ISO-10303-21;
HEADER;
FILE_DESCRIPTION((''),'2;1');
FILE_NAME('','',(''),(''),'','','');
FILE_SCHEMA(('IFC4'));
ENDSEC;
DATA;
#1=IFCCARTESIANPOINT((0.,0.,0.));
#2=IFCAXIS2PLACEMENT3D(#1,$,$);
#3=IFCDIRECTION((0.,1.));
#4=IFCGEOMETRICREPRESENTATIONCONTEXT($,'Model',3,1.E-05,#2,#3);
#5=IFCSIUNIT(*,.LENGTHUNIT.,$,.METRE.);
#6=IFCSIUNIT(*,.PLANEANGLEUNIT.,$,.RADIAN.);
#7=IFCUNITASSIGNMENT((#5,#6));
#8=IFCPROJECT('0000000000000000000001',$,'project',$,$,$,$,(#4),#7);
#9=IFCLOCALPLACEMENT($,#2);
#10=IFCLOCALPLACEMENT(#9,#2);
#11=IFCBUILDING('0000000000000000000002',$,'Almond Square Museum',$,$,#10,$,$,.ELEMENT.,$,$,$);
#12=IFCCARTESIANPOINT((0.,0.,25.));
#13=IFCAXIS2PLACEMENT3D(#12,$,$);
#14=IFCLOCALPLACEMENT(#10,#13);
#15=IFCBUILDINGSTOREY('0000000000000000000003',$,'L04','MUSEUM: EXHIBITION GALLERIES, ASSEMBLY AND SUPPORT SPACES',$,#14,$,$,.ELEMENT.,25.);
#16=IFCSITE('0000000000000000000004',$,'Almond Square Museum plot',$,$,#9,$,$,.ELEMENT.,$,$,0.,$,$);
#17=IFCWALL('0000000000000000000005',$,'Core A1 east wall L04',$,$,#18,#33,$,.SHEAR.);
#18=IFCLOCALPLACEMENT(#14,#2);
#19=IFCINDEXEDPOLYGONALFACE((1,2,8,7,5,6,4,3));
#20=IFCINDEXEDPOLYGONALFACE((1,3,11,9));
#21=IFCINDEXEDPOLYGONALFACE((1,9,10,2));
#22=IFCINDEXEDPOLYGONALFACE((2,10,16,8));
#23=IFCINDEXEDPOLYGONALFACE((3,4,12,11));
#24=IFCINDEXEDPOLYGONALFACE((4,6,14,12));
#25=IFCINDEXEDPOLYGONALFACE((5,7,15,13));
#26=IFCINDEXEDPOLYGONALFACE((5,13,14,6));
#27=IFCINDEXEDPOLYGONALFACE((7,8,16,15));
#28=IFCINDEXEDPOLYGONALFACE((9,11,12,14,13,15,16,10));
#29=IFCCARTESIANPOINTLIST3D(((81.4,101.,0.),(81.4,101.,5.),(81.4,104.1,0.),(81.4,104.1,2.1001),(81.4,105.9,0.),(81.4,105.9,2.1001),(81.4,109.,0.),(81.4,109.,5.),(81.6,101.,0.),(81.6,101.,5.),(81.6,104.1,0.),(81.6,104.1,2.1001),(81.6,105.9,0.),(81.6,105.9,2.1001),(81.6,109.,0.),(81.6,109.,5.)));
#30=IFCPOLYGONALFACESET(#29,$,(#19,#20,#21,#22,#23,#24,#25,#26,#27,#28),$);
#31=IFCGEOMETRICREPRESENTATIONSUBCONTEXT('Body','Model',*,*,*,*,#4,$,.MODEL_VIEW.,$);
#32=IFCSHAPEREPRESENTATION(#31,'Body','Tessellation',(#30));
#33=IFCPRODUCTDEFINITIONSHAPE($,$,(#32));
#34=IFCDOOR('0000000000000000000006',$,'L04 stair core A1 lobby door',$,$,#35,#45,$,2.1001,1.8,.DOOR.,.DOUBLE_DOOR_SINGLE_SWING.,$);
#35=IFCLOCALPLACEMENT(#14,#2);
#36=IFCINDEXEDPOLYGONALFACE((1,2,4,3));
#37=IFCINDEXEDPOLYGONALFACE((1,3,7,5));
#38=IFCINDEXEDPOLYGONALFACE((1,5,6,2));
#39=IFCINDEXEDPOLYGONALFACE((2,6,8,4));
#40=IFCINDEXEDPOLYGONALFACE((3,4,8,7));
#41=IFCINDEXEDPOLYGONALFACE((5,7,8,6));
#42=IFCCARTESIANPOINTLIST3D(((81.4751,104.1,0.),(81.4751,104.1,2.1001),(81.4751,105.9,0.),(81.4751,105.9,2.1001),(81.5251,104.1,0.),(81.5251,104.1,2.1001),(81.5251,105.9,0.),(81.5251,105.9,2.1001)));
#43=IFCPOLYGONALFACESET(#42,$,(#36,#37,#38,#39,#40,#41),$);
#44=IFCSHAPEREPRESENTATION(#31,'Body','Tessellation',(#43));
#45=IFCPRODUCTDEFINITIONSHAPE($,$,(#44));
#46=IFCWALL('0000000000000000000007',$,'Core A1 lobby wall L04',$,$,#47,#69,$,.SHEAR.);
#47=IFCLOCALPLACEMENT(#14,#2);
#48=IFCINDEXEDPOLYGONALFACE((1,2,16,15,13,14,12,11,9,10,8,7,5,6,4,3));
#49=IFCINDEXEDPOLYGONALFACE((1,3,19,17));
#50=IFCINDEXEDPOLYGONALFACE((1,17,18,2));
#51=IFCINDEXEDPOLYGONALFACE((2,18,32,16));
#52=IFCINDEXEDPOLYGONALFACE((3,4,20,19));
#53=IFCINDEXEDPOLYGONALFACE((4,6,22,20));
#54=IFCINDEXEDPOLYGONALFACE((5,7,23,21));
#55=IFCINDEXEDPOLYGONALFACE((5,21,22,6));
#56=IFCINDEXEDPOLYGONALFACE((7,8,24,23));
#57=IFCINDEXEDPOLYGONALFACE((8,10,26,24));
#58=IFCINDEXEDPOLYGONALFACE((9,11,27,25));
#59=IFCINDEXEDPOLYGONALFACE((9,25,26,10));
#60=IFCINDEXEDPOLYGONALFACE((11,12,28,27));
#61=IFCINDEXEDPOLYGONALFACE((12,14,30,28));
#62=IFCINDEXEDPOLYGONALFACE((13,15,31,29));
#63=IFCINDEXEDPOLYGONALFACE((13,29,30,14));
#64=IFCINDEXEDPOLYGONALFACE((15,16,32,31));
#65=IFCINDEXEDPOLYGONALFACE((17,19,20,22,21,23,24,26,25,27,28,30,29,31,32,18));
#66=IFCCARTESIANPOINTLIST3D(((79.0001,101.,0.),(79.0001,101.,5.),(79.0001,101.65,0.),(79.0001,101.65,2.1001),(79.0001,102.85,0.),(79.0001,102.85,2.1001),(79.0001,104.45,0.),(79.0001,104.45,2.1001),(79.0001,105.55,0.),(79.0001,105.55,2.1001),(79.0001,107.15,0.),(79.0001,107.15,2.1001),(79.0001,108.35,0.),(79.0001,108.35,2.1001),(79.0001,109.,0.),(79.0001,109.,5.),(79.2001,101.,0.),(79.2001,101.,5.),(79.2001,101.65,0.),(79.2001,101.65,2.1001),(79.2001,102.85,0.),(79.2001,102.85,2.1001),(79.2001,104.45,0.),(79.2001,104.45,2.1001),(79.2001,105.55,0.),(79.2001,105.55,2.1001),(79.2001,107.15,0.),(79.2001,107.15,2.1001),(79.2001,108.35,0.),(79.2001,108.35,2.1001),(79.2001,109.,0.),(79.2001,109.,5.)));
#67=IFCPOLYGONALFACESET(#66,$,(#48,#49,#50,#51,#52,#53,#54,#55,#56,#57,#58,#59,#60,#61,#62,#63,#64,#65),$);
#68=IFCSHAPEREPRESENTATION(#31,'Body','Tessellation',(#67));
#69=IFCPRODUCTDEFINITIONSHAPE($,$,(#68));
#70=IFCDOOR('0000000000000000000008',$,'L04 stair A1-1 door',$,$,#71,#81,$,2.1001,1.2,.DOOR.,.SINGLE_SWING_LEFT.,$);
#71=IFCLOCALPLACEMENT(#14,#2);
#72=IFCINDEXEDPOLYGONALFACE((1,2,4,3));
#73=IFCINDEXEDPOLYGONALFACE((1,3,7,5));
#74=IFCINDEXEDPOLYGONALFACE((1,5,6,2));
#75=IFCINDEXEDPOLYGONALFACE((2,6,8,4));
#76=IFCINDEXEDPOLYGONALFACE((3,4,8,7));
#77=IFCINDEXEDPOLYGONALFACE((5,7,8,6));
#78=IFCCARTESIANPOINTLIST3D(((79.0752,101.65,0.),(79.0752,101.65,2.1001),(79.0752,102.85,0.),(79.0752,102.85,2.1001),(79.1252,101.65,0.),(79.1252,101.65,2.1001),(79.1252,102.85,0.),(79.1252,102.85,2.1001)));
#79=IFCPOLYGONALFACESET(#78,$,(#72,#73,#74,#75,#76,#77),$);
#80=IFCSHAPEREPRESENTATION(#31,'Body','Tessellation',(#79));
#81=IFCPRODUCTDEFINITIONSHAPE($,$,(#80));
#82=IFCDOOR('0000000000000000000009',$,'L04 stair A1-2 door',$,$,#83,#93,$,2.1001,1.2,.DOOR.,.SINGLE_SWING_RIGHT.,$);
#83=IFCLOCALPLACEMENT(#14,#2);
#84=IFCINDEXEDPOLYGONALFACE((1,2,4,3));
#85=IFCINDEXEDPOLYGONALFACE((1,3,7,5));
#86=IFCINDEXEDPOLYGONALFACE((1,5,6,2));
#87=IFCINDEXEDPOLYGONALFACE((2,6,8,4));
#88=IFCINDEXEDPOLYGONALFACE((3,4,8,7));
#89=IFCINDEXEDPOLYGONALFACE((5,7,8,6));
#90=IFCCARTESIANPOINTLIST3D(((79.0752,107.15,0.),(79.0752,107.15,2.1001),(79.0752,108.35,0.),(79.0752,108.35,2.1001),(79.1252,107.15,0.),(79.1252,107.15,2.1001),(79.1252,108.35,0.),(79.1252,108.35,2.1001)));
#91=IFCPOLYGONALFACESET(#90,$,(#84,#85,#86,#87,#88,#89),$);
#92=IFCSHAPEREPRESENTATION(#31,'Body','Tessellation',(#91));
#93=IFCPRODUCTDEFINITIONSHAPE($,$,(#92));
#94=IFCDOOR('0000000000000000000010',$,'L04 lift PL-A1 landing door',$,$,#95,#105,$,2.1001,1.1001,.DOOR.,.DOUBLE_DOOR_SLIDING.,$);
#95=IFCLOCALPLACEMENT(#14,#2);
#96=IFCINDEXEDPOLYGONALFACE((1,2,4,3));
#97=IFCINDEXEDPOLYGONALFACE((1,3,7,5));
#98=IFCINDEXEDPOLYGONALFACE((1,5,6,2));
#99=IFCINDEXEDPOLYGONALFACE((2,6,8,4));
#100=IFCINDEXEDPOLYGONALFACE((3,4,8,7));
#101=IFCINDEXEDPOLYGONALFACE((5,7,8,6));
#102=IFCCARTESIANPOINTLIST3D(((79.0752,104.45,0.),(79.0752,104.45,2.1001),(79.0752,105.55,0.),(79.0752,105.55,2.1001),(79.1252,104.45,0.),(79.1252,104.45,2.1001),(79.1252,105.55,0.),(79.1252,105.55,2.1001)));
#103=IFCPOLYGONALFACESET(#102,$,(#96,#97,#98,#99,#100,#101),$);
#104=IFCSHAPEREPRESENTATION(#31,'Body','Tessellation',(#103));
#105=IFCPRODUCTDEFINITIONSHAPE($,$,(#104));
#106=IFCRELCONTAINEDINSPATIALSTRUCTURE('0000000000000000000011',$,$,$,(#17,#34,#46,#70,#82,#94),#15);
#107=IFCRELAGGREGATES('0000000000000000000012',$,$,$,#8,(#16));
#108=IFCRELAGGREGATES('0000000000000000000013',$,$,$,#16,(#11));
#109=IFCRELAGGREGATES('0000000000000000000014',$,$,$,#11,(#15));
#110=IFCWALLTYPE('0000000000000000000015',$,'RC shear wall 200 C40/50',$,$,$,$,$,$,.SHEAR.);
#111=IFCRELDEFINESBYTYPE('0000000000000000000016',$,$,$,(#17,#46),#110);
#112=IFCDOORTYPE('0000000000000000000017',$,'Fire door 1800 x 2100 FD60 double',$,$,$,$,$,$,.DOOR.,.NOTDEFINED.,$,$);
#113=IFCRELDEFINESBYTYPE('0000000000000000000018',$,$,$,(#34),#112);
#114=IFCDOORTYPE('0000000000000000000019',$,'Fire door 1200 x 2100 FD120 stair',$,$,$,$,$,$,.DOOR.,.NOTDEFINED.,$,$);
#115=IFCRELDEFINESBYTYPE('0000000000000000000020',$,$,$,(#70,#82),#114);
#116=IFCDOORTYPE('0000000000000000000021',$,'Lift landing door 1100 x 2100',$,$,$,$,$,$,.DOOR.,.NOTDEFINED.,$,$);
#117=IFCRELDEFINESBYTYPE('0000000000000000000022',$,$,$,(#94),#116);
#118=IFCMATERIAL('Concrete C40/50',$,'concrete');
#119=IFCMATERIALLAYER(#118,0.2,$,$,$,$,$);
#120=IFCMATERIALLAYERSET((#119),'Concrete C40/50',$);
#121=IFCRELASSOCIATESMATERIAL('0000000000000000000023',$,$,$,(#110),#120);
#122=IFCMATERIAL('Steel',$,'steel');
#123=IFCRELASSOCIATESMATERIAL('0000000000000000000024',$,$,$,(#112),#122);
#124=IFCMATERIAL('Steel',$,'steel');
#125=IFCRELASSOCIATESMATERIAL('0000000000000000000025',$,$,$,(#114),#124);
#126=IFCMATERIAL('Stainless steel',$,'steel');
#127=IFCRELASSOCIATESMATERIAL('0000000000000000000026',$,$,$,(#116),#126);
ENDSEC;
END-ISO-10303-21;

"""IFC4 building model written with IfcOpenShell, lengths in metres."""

from ifc_helpers import new_model, si_unit, direction, frame, frame_2d, origin, place, context, subcontext, project, spatial, rectangle, extrude, material, layer, layer_set, type_object, element, fill, save


model = new_model("IFC4")

# Units and contexts
model_context = context("Model", 3, precision=1e-05, world=origin(), true_north=direction((0.0, 1.0)))
body_context = subcontext(model_context, "Body", "Model", "MODEL_VIEW")
ifc_project = project(units=[si_unit("LENGTHUNIT", "METRE"), si_unit("PLANEANGLEUNIT", "RADIAN")], contexts=[model_context])

# Site, building, storey
site_placement = place(None, origin())
site = spatial("IfcSite", under=ifc_project, at=site_placement, Name="Almond Square Museum plot", CompositionType="ELEMENT", RefElevation=0.0)
building_placement = place(site_placement, origin())
building = spatial("IfcBuilding", under=site, at=building_placement, Name="Almond Square Museum", CompositionType="ELEMENT")
storey_placement = place(building_placement, frame((0.0, 0.0, 25.0)))
storey = spatial("IfcBuildingStorey", under=building, at=storey_placement, Name="L04", Description="MUSEUM: EXHIBITION GALLERIES, ASSEMBLY AND SUPPORT SPACES", CompositionType="ELEMENT", Elevation=25.0)

# Wall, opening, door
ifc_material_1 = material(Name="Concrete C40/50", Category="concrete")
ifc_layer = layer(ifc_material_1, 0.2)
ifc_layer_set = layer_set([ifc_layer], Name="Concrete C40/50")
wall_type = type_object("IfcWallType", Name="RC shear wall 200 C40/50", PredefinedType="SHEAR", material=ifc_layer_set)
wall_1_placement = place(storey_placement, frame((81.5, 101.0, 0.0), z_axis=(0.0, 0.0, 1.0), x_axis=(0.0, 1.0, 0.0)))
wall_1 = element("IfcWall", 1, at=wall_1_placement, inside=storey, type_object=wall_type, Name="Core A1 east wall L04", PredefinedType="SHEAR", context=body_context, shape_type="SweptSolid", body=[
    extrude(rectangle(XDim=8.0, YDim=0.2, at=frame_2d((4.0, 0.0))), origin(), (0.0, 0.0, 1.0), 5.0),
])
opening_1_placement = place(wall_1_placement, frame((3.1001, 0.0, 0.0)))
opening_1 = element("IfcOpeningElement", 2, at=opening_1_placement, cuts=wall_1, PredefinedType="OPENING", context=body_context, shape_type="SweptSolid", body=[
    extrude(rectangle(XDim=1.8, YDim=2.1001, at=frame_2d((0.8999, 1.05))), frame((0.0, 0.1099, 0.0), z_axis=(0.0, -1.0, 0.0), x_axis=(1.0, 0.0, 0.0)), (0.0, 0.0, 1.0), 0.22),
])
ifc_material_2 = material(Name="Steel", Category="steel")
door_type_1 = type_object("IfcDoorType", Name="Fire door 1800 x 2100 FD60 double", OperationType="NOTDEFINED", PredefinedType="DOOR", material=ifc_material_2)
door_1_placement = place(opening_1_placement, origin())
door_1 = element("IfcDoor", 3, at=door_1_placement, inside=storey, type_object=door_type_1, Name="L04 stair core A1 lobby door", OperationType="DOUBLE_DOOR_SINGLE_SWING", OverallHeight=2.1001, OverallWidth=1.8, PredefinedType="DOOR", context=body_context, shape_type="SweptSolid", body=[
    extrude(rectangle(XDim=1.8, YDim=2.1001, at=frame_2d((0.8999, 1.05))), frame((0.0, 0.0249, 0.0), z_axis=(0.0, -1.0, 0.0), x_axis=(1.0, 0.0, 0.0)), (0.0, 0.0, 1.0), 0.05),
])
fill(opening_1, door_1)

# Wall, openings, doors
wall_2_placement = place(storey_placement, frame((79.1001, 101.0, 0.0), z_axis=(0.0, 0.0, 1.0), x_axis=(0.0, 1.0, 0.0)))
wall_2 = element("IfcWall", 4, at=wall_2_placement, inside=storey, type_object=wall_type, Name="Core A1 lobby wall L04", PredefinedType="SHEAR", context=body_context, shape_type="SweptSolid", body=[
    extrude(rectangle(XDim=8.0, YDim=0.2, at=frame_2d((4.0, 0.0))), origin(), (0.0, 0.0, 1.0), 5.0),
])
opening_2_placement = place(wall_2_placement, frame((0.6499, 0.0, 0.0)))
opening_2 = element("IfcOpeningElement", 5, at=opening_2_placement, cuts=wall_2, PredefinedType="OPENING", context=body_context, shape_type="SweptSolid", body=[
    extrude(rectangle(XDim=1.2, YDim=2.1001, at=frame_2d((0.6001, 1.05))), frame((0.0, 0.1099, 0.0), z_axis=(0.0, -1.0, 0.0), x_axis=(1.0, 0.0, 0.0)), (0.0, 0.0, 1.0), 0.22),
])
opening_3_placement = place(wall_2_placement, frame((6.1499, 0.0, 0.0)))
opening_3 = element("IfcOpeningElement", 6, at=opening_3_placement, cuts=wall_2, PredefinedType="OPENING", context=body_context, shape_type="SweptSolid", body=[
    extrude(rectangle(XDim=1.2, YDim=2.1001, at=frame_2d((0.6001, 1.05))), frame((0.0, 0.1099, 0.0), z_axis=(0.0, -1.0, 0.0), x_axis=(1.0, 0.0, 0.0)), (0.0, 0.0, 1.0), 0.22),
])
opening_4_placement = place(wall_2_placement, frame((3.45, 0.0, 0.0)))
opening_4 = element("IfcOpeningElement", 7, at=opening_4_placement, cuts=wall_2, PredefinedType="OPENING", context=body_context, shape_type="SweptSolid", body=[
    extrude(rectangle(XDim=1.1001, YDim=2.1001, at=frame_2d((0.55, 1.05))), frame((0.0, 0.1099, 0.0), z_axis=(0.0, -1.0, 0.0), x_axis=(1.0, 0.0, 0.0)), (0.0, 0.0, 1.0), 0.22),
])
ifc_material_3 = material(Name="Steel", Category="steel")
door_type_2 = type_object("IfcDoorType", Name="Fire door 1200 x 2100 FD120 stair", OperationType="NOTDEFINED", PredefinedType="DOOR", material=ifc_material_3)
door_2_placement = place(opening_2_placement, origin())
door_2 = element("IfcDoor", 8, at=door_2_placement, inside=storey, type_object=door_type_2, Name="L04 stair A1-1 door", OperationType="SINGLE_SWING_LEFT", OverallHeight=2.1001, OverallWidth=1.2, PredefinedType="DOOR", context=body_context, shape_type="SweptSolid", body=[
    extrude(rectangle(XDim=1.2, YDim=2.1001, at=frame_2d((0.6001, 1.05))), frame((0.0, 0.0249, 0.0), z_axis=(0.0, -1.0, 0.0), x_axis=(1.0, 0.0, 0.0)), (0.0, 0.0, 1.0), 0.05),
])
fill(opening_2, door_2)
door_3_placement = place(opening_3_placement, origin())
door_3 = element("IfcDoor", 9, at=door_3_placement, inside=storey, type_object=door_type_2, Name="L04 stair A1-2 door", OperationType="SINGLE_SWING_RIGHT", OverallHeight=2.1001, OverallWidth=1.2, PredefinedType="DOOR", context=body_context, shape_type="SweptSolid", body=[
    extrude(rectangle(XDim=1.2, YDim=2.1001, at=frame_2d((0.6001, 1.05))), frame((0.0, 0.0249, 0.0), z_axis=(0.0, -1.0, 0.0), x_axis=(1.0, 0.0, 0.0)), (0.0, 0.0, 1.0), 0.05),
])
fill(opening_3, door_3)
ifc_material_4 = material(Name="Stainless steel", Category="steel")
door_type_3 = type_object("IfcDoorType", Name="Lift landing door 1100 x 2100", OperationType="NOTDEFINED", PredefinedType="DOOR", material=ifc_material_4)
door_4_placement = place(opening_4_placement, origin())
door_4 = element("IfcDoor", 10, at=door_4_placement, inside=storey, type_object=door_type_3, Name="L04 lift PL-A1 landing door", OperationType="DOUBLE_DOOR_SLIDING", OverallHeight=2.1001, OverallWidth=1.1001, PredefinedType="DOOR", context=body_context, shape_type="SweptSolid", body=[
    extrude(rectangle(XDim=1.1001, YDim=2.1001, at=frame_2d((0.55, 1.05))), frame((0.0, 0.0249, 0.0), z_axis=(0.0, -1.0, 0.0), x_axis=(1.0, 0.0, 0.0)), (0.0, 0.0, 1.0), 0.05),
])
fill(opening_4, door_4)

save(model, "model.ifc")
